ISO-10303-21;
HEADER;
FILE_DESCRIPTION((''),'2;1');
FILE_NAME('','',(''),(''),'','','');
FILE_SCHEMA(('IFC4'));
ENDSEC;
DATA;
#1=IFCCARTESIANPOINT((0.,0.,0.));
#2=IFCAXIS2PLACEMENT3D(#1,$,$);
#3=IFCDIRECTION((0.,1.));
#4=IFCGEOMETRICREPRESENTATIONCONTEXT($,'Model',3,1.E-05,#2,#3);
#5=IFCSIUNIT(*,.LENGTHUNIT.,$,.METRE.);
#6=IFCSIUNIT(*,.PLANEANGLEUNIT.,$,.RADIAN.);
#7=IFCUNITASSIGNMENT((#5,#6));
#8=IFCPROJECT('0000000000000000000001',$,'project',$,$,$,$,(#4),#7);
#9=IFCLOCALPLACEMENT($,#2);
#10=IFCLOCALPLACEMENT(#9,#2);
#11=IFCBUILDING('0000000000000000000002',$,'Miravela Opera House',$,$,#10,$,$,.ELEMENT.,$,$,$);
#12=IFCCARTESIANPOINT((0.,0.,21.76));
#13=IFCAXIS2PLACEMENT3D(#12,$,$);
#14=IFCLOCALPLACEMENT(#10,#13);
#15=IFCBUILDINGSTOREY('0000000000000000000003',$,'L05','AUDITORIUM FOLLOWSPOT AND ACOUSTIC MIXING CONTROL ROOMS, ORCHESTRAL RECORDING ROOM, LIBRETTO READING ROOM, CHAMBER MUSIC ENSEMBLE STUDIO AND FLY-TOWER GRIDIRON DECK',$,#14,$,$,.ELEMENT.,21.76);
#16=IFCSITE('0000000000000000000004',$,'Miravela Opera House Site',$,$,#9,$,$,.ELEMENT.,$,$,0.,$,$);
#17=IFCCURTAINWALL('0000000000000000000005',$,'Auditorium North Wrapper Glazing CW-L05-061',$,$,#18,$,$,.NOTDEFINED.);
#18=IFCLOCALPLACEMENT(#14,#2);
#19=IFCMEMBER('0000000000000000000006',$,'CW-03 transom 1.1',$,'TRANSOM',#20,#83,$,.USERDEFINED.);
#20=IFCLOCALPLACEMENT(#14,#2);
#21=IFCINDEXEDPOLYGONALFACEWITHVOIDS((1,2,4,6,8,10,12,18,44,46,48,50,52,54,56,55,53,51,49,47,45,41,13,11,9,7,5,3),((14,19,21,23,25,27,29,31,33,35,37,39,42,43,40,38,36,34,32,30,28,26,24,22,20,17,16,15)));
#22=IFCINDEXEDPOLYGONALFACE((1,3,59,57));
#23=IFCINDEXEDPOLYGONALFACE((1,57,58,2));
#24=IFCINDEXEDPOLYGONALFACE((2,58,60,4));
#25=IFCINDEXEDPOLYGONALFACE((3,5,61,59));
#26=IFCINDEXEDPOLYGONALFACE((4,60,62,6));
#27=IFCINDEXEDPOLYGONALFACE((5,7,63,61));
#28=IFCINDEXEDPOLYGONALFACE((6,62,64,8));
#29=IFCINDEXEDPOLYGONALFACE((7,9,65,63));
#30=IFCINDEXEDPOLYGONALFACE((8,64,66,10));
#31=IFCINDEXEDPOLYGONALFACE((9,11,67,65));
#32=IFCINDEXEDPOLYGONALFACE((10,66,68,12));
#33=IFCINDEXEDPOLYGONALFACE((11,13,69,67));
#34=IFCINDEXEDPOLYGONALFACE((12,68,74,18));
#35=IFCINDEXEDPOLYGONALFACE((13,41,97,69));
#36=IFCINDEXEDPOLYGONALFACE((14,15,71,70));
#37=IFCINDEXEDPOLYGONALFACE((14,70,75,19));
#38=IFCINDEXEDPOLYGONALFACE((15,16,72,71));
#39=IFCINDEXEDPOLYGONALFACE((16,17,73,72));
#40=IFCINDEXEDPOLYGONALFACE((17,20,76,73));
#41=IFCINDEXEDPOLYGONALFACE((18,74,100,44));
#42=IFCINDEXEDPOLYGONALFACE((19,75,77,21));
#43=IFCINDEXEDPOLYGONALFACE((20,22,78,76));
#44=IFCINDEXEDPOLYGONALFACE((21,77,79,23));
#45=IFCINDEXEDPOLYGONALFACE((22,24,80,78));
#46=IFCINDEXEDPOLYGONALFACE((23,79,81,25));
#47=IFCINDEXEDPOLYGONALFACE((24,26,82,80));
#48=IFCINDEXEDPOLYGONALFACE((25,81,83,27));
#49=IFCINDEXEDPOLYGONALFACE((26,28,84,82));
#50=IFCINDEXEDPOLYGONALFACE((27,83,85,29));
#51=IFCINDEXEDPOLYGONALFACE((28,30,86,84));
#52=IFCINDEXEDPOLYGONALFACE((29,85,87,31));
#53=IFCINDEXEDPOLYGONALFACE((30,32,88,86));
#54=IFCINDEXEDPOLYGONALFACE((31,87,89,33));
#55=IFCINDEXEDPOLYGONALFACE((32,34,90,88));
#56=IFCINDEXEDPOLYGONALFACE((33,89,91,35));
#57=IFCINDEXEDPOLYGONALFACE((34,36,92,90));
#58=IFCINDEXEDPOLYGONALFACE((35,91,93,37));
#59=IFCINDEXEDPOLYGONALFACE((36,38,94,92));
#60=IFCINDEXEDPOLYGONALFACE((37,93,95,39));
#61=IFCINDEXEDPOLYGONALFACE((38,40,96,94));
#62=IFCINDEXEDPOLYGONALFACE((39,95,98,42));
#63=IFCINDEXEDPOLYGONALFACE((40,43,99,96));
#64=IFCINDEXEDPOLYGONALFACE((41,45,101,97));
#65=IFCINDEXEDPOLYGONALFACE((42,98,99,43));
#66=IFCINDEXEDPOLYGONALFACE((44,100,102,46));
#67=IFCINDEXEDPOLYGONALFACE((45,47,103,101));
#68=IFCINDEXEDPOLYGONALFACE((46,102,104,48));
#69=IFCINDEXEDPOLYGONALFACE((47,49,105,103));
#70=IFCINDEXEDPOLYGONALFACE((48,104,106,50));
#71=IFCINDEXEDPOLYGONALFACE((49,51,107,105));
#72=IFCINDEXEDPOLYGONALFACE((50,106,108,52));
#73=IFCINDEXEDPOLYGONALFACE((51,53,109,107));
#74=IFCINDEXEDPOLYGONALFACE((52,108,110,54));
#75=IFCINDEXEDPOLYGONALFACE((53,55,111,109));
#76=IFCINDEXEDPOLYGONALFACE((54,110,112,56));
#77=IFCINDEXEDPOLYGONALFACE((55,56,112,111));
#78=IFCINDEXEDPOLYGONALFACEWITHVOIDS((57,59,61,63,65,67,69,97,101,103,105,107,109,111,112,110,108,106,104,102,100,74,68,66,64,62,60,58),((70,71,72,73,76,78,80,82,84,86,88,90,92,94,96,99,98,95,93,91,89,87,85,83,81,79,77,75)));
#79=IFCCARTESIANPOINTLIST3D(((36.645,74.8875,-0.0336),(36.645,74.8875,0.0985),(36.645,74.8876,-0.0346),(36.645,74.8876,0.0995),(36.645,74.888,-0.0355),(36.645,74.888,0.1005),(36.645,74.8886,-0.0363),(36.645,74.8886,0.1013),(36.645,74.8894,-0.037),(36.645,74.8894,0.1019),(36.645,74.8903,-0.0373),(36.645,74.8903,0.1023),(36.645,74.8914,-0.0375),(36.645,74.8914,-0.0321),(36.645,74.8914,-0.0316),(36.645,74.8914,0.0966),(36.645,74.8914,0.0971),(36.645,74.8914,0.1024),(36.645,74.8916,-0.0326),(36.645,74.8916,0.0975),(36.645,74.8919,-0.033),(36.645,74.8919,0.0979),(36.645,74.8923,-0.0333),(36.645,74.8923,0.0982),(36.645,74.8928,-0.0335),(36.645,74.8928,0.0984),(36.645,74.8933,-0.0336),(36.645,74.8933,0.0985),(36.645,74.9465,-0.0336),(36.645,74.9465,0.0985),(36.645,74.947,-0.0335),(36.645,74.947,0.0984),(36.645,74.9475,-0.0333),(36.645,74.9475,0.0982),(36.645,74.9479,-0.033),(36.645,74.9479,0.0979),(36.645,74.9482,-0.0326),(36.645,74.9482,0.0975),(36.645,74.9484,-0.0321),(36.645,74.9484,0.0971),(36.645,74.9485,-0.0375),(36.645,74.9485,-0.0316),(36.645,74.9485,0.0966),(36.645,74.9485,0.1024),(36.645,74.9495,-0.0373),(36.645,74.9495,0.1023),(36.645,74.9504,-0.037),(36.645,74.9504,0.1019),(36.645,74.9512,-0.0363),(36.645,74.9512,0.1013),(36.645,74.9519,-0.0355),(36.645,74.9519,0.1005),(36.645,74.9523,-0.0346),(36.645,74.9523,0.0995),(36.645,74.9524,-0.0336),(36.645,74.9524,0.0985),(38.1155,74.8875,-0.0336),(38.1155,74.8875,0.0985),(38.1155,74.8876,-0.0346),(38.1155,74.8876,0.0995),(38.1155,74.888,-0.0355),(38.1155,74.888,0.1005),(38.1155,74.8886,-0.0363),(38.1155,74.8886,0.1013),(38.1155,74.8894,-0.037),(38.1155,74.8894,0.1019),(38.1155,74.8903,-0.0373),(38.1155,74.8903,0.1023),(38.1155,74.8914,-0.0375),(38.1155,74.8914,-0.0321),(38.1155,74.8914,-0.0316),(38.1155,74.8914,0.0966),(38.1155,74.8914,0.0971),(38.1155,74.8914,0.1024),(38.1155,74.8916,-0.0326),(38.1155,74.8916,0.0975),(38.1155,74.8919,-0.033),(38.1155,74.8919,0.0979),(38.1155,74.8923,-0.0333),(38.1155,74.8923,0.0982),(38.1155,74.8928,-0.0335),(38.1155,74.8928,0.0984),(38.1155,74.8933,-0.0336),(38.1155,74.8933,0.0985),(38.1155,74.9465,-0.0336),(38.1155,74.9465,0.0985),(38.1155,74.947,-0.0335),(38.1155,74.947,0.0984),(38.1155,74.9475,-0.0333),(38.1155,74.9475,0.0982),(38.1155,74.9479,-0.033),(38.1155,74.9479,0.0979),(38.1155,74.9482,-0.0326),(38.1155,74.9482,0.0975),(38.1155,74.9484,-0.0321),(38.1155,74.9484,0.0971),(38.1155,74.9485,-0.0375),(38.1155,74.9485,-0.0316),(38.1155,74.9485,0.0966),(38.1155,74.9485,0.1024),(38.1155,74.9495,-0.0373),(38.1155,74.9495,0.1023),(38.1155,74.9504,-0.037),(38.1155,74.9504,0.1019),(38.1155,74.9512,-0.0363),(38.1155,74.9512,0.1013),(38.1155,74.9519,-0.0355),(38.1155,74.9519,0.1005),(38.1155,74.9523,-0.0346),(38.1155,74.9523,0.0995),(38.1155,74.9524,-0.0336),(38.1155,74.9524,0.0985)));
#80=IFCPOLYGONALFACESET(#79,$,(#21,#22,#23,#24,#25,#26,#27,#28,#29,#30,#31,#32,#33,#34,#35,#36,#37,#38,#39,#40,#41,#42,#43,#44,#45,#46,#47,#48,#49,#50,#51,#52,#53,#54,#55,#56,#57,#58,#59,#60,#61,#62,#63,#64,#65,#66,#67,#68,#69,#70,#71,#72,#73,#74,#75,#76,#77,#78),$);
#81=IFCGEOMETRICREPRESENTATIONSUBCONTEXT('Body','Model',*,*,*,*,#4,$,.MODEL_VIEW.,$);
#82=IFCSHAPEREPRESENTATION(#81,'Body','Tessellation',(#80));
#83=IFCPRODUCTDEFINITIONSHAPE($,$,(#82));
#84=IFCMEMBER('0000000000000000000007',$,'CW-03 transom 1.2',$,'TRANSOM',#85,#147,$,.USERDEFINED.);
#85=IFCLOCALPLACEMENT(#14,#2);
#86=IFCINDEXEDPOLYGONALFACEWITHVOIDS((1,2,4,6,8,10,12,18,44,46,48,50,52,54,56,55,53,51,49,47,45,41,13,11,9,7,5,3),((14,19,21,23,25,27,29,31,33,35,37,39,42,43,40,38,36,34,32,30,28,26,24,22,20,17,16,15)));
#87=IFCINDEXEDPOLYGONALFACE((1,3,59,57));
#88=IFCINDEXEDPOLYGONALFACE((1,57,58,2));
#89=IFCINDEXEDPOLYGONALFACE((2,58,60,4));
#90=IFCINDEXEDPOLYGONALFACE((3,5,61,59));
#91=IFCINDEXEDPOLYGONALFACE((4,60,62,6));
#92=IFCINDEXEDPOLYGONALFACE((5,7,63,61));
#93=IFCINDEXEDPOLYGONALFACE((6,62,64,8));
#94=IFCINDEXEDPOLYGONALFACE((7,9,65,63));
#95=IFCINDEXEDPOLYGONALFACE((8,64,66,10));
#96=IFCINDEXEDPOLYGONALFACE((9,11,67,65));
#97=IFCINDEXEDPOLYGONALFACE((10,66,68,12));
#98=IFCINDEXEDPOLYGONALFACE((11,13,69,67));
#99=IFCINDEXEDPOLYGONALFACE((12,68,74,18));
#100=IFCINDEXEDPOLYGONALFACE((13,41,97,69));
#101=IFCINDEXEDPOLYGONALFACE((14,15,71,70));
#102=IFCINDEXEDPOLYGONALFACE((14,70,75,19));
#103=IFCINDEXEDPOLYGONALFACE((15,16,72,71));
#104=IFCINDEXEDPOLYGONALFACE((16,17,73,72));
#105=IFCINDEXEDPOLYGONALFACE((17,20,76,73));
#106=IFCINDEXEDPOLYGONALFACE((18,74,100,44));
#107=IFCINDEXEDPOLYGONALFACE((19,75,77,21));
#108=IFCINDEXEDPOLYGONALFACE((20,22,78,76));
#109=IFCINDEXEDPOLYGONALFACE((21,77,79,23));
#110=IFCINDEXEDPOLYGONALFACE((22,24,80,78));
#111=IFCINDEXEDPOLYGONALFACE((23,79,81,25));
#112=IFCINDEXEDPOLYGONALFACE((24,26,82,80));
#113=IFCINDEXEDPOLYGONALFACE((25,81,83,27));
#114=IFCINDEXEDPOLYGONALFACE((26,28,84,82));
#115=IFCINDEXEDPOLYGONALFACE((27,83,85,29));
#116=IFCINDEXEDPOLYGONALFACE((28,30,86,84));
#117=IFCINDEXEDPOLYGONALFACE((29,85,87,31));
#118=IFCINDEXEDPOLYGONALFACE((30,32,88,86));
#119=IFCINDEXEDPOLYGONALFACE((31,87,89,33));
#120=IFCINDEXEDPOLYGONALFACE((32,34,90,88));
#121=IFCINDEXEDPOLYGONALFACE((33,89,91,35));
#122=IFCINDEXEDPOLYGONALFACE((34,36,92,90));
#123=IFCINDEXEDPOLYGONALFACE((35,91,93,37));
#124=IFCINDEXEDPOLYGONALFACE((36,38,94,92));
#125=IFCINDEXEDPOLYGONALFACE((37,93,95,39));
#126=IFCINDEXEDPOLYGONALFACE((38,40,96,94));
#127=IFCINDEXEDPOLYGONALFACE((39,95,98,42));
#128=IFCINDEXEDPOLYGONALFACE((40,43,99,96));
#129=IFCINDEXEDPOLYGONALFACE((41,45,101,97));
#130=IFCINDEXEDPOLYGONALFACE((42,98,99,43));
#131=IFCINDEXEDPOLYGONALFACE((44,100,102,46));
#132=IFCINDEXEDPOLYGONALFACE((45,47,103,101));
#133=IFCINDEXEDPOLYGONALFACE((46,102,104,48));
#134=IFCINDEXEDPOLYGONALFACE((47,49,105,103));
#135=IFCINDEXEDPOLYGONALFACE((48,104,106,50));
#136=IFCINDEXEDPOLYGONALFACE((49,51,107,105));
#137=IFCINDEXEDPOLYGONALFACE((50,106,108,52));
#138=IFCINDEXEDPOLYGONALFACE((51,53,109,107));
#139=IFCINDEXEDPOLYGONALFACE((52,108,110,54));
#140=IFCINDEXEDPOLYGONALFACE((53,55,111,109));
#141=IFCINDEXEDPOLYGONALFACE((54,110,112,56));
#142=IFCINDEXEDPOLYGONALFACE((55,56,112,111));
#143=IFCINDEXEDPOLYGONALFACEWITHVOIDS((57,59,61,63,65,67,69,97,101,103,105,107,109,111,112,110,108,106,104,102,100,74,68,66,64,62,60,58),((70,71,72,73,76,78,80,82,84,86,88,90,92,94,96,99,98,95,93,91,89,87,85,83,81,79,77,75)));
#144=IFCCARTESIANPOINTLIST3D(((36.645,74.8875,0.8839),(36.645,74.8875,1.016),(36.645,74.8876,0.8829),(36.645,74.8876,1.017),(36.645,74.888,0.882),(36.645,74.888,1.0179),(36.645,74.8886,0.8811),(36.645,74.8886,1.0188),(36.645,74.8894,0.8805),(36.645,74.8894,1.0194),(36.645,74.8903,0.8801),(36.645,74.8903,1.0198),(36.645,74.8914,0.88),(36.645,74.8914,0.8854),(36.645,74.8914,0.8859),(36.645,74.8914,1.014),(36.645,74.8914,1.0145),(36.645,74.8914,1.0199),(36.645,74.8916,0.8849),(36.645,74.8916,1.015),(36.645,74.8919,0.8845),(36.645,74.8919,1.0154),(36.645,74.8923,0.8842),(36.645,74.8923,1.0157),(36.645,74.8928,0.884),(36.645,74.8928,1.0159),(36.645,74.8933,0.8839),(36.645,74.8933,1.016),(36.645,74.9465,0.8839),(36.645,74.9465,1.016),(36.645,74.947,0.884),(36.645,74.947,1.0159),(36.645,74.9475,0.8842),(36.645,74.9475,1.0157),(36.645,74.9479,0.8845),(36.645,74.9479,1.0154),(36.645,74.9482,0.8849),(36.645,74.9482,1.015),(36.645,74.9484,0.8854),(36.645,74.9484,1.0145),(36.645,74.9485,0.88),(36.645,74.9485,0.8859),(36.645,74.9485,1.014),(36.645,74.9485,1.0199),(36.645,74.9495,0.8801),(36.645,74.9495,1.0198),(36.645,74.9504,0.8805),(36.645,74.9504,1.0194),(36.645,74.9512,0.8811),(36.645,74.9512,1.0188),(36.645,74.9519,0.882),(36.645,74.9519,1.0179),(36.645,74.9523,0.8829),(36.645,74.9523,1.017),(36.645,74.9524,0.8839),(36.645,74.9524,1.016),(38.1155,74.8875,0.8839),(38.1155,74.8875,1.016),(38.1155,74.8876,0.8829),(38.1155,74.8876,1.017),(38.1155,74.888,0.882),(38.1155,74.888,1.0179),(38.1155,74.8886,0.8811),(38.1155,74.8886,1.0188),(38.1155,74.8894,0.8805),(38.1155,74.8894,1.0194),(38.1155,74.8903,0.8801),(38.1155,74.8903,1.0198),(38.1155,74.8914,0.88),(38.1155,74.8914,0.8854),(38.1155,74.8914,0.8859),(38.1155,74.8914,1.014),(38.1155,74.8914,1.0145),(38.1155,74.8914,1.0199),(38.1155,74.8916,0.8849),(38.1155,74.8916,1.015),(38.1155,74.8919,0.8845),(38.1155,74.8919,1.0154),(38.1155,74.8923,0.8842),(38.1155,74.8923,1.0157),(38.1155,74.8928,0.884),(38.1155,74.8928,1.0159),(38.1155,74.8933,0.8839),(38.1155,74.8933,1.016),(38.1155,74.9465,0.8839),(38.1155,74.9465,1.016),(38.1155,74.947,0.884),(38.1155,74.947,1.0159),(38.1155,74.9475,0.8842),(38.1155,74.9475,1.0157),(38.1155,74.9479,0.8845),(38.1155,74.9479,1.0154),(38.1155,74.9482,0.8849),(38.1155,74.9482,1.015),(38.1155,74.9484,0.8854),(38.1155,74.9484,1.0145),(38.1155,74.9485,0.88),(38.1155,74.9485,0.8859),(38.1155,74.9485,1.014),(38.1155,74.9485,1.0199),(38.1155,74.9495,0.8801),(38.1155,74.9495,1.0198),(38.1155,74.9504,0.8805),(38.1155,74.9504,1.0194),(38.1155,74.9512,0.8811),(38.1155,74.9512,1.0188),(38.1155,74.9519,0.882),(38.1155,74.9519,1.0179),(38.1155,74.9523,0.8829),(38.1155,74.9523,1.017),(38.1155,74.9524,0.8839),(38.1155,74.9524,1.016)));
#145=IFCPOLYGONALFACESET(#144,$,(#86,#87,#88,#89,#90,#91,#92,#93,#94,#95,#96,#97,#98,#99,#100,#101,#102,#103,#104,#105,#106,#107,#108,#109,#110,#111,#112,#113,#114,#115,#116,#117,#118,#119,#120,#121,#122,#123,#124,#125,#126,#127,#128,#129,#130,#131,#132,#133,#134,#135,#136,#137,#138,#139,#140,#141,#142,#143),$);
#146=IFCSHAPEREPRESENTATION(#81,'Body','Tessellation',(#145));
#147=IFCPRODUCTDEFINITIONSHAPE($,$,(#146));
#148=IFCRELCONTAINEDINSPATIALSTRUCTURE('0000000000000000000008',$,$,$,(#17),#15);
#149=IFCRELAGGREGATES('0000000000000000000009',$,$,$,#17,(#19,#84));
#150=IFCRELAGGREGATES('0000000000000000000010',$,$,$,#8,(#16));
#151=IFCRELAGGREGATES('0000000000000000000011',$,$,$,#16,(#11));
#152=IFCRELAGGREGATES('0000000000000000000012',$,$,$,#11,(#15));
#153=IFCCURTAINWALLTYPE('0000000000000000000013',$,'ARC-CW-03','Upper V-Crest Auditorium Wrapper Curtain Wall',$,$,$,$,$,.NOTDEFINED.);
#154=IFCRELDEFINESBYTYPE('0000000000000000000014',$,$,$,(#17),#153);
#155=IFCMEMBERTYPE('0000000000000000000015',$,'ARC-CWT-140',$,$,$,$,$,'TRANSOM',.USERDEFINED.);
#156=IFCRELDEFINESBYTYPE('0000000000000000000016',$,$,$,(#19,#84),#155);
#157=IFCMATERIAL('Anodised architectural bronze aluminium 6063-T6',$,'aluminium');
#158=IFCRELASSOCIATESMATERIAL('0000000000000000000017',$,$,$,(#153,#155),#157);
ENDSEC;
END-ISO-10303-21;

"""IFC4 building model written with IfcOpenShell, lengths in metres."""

from ifc_helpers import new_model, si_unit, direction, frame, origin, origin_2d, place, context, subcontext, project, spatial, hollow_rectangle, extrude, material, material_profile, profile_set, type_object, element, aggregate, save


model = new_model("IFC4")

# Units and contexts
model_context = context("Model", 3, precision=1e-05, world=origin(), true_north=direction((0.0, 1.0)))
body_context = subcontext(model_context, "Body", "Model", "MODEL_VIEW")
ifc_project = project(units=[si_unit("LENGTHUNIT", "METRE"), si_unit("PLANEANGLEUNIT", "RADIAN")], contexts=[model_context])

# Site, building, storey
site_placement = place(None, origin())
site = spatial("IfcSite", under=ifc_project, at=site_placement, Name="Miravela Opera House Site", CompositionType="ELEMENT", RefElevation=0.0)
building_placement = place(site_placement, origin())
building = spatial("IfcBuilding", under=site, at=building_placement, Name="Miravela Opera House", CompositionType="ELEMENT")
storey_placement = place(building_placement, frame((0.0, 0.0, 21.76)))
storey = spatial("IfcBuildingStorey", under=building, at=storey_placement, Name="L05", Description="AUDITORIUM FOLLOWSPOT AND ACOUSTIC MIXING CONTROL ROOMS, ORCHESTRAL RECORDING ROOM, LIBRETTO READING ROOM, CHAMBER MUSIC ENSEMBLE STUDIO AND FLY-TOWER GRIDIRON DECK", CompositionType="ELEMENT", Elevation=21.76)

# Curtain wall, members
ifc_material_1 = material(Name="Anodised architectural bronze aluminium 6063-T6", Category="aluminium")
curtain_wall_type = type_object("IfcCurtainWallType", Name="ARC-CW-03", Description="Upper V-Crest Auditorium Wrapper Curtain Wall", PredefinedType="NOTDEFINED", material=ifc_material_1)
curtain_wall_placement = place(storey_placement, origin())
curtain_wall = element("IfcCurtainWall", 1, at=curtain_wall_placement, inside=storey, type_object=curtain_wall_type, Name="Auditorium North Wrapper Glazing CW-L05-061", PredefinedType="NOTDEFINED")
ifc_material_profile_1 = material_profile(ifc_material_1, hollow_rectangle(XDim=0.0649, YDim=0.1399, WallThickness=0.0039, InnerFilletRadius=0.002, OuterFilletRadius=0.0039, at=origin_2d()), Name="CWT-65X140")
ifc_profile_set_1 = profile_set([ifc_material_profile_1])
member_type_1 = type_object("IfcMemberType", Name="ARC-CWT-140", ElementType="TRANSOM", PredefinedType="USERDEFINED", material=ifc_profile_set_1)
member_1_placement = place(storey_placement, frame((36.645, 74.9199, 0.0325), z_axis=(1.0, 0.0, 0.0), x_axis=(0.0, 1.0, 0.0)))
member_1 = element("IfcMember", 2, at=member_1_placement, type_object=member_type_1, Name="CW-03 transom 1.1", ObjectType="TRANSOM", PredefinedType="USERDEFINED", context=body_context, shape_type="SweptSolid", body=[
    extrude(hollow_rectangle(XDim=0.0649, YDim=0.1399, WallThickness=0.0039, InnerFilletRadius=0.002, OuterFilletRadius=0.0039, at=origin_2d()), origin(), (0.0, 0.0, 1.0), 1.4705),
])
member_2_placement = place(storey_placement, frame((36.645, 74.9199, 0.95), z_axis=(1.0, 0.0, 0.0), x_axis=(0.0, 1.0, 0.0)))
member_2 = element("IfcMember", 3, at=member_2_placement, type_object=member_type_1, Name="CW-03 transom 1.2", ObjectType="TRANSOM", PredefinedType="USERDEFINED", context=body_context, shape_type="SweptSolid", body=[
    extrude(hollow_rectangle(XDim=0.0649, YDim=0.1399, WallThickness=0.0039, InnerFilletRadius=0.002, OuterFilletRadius=0.0039, at=origin_2d()), origin(), (0.0, 0.0, 1.0), 1.4705),
])

aggregate(curtain_wall, [member_1, member_2])

save(model, "model.ifc")
